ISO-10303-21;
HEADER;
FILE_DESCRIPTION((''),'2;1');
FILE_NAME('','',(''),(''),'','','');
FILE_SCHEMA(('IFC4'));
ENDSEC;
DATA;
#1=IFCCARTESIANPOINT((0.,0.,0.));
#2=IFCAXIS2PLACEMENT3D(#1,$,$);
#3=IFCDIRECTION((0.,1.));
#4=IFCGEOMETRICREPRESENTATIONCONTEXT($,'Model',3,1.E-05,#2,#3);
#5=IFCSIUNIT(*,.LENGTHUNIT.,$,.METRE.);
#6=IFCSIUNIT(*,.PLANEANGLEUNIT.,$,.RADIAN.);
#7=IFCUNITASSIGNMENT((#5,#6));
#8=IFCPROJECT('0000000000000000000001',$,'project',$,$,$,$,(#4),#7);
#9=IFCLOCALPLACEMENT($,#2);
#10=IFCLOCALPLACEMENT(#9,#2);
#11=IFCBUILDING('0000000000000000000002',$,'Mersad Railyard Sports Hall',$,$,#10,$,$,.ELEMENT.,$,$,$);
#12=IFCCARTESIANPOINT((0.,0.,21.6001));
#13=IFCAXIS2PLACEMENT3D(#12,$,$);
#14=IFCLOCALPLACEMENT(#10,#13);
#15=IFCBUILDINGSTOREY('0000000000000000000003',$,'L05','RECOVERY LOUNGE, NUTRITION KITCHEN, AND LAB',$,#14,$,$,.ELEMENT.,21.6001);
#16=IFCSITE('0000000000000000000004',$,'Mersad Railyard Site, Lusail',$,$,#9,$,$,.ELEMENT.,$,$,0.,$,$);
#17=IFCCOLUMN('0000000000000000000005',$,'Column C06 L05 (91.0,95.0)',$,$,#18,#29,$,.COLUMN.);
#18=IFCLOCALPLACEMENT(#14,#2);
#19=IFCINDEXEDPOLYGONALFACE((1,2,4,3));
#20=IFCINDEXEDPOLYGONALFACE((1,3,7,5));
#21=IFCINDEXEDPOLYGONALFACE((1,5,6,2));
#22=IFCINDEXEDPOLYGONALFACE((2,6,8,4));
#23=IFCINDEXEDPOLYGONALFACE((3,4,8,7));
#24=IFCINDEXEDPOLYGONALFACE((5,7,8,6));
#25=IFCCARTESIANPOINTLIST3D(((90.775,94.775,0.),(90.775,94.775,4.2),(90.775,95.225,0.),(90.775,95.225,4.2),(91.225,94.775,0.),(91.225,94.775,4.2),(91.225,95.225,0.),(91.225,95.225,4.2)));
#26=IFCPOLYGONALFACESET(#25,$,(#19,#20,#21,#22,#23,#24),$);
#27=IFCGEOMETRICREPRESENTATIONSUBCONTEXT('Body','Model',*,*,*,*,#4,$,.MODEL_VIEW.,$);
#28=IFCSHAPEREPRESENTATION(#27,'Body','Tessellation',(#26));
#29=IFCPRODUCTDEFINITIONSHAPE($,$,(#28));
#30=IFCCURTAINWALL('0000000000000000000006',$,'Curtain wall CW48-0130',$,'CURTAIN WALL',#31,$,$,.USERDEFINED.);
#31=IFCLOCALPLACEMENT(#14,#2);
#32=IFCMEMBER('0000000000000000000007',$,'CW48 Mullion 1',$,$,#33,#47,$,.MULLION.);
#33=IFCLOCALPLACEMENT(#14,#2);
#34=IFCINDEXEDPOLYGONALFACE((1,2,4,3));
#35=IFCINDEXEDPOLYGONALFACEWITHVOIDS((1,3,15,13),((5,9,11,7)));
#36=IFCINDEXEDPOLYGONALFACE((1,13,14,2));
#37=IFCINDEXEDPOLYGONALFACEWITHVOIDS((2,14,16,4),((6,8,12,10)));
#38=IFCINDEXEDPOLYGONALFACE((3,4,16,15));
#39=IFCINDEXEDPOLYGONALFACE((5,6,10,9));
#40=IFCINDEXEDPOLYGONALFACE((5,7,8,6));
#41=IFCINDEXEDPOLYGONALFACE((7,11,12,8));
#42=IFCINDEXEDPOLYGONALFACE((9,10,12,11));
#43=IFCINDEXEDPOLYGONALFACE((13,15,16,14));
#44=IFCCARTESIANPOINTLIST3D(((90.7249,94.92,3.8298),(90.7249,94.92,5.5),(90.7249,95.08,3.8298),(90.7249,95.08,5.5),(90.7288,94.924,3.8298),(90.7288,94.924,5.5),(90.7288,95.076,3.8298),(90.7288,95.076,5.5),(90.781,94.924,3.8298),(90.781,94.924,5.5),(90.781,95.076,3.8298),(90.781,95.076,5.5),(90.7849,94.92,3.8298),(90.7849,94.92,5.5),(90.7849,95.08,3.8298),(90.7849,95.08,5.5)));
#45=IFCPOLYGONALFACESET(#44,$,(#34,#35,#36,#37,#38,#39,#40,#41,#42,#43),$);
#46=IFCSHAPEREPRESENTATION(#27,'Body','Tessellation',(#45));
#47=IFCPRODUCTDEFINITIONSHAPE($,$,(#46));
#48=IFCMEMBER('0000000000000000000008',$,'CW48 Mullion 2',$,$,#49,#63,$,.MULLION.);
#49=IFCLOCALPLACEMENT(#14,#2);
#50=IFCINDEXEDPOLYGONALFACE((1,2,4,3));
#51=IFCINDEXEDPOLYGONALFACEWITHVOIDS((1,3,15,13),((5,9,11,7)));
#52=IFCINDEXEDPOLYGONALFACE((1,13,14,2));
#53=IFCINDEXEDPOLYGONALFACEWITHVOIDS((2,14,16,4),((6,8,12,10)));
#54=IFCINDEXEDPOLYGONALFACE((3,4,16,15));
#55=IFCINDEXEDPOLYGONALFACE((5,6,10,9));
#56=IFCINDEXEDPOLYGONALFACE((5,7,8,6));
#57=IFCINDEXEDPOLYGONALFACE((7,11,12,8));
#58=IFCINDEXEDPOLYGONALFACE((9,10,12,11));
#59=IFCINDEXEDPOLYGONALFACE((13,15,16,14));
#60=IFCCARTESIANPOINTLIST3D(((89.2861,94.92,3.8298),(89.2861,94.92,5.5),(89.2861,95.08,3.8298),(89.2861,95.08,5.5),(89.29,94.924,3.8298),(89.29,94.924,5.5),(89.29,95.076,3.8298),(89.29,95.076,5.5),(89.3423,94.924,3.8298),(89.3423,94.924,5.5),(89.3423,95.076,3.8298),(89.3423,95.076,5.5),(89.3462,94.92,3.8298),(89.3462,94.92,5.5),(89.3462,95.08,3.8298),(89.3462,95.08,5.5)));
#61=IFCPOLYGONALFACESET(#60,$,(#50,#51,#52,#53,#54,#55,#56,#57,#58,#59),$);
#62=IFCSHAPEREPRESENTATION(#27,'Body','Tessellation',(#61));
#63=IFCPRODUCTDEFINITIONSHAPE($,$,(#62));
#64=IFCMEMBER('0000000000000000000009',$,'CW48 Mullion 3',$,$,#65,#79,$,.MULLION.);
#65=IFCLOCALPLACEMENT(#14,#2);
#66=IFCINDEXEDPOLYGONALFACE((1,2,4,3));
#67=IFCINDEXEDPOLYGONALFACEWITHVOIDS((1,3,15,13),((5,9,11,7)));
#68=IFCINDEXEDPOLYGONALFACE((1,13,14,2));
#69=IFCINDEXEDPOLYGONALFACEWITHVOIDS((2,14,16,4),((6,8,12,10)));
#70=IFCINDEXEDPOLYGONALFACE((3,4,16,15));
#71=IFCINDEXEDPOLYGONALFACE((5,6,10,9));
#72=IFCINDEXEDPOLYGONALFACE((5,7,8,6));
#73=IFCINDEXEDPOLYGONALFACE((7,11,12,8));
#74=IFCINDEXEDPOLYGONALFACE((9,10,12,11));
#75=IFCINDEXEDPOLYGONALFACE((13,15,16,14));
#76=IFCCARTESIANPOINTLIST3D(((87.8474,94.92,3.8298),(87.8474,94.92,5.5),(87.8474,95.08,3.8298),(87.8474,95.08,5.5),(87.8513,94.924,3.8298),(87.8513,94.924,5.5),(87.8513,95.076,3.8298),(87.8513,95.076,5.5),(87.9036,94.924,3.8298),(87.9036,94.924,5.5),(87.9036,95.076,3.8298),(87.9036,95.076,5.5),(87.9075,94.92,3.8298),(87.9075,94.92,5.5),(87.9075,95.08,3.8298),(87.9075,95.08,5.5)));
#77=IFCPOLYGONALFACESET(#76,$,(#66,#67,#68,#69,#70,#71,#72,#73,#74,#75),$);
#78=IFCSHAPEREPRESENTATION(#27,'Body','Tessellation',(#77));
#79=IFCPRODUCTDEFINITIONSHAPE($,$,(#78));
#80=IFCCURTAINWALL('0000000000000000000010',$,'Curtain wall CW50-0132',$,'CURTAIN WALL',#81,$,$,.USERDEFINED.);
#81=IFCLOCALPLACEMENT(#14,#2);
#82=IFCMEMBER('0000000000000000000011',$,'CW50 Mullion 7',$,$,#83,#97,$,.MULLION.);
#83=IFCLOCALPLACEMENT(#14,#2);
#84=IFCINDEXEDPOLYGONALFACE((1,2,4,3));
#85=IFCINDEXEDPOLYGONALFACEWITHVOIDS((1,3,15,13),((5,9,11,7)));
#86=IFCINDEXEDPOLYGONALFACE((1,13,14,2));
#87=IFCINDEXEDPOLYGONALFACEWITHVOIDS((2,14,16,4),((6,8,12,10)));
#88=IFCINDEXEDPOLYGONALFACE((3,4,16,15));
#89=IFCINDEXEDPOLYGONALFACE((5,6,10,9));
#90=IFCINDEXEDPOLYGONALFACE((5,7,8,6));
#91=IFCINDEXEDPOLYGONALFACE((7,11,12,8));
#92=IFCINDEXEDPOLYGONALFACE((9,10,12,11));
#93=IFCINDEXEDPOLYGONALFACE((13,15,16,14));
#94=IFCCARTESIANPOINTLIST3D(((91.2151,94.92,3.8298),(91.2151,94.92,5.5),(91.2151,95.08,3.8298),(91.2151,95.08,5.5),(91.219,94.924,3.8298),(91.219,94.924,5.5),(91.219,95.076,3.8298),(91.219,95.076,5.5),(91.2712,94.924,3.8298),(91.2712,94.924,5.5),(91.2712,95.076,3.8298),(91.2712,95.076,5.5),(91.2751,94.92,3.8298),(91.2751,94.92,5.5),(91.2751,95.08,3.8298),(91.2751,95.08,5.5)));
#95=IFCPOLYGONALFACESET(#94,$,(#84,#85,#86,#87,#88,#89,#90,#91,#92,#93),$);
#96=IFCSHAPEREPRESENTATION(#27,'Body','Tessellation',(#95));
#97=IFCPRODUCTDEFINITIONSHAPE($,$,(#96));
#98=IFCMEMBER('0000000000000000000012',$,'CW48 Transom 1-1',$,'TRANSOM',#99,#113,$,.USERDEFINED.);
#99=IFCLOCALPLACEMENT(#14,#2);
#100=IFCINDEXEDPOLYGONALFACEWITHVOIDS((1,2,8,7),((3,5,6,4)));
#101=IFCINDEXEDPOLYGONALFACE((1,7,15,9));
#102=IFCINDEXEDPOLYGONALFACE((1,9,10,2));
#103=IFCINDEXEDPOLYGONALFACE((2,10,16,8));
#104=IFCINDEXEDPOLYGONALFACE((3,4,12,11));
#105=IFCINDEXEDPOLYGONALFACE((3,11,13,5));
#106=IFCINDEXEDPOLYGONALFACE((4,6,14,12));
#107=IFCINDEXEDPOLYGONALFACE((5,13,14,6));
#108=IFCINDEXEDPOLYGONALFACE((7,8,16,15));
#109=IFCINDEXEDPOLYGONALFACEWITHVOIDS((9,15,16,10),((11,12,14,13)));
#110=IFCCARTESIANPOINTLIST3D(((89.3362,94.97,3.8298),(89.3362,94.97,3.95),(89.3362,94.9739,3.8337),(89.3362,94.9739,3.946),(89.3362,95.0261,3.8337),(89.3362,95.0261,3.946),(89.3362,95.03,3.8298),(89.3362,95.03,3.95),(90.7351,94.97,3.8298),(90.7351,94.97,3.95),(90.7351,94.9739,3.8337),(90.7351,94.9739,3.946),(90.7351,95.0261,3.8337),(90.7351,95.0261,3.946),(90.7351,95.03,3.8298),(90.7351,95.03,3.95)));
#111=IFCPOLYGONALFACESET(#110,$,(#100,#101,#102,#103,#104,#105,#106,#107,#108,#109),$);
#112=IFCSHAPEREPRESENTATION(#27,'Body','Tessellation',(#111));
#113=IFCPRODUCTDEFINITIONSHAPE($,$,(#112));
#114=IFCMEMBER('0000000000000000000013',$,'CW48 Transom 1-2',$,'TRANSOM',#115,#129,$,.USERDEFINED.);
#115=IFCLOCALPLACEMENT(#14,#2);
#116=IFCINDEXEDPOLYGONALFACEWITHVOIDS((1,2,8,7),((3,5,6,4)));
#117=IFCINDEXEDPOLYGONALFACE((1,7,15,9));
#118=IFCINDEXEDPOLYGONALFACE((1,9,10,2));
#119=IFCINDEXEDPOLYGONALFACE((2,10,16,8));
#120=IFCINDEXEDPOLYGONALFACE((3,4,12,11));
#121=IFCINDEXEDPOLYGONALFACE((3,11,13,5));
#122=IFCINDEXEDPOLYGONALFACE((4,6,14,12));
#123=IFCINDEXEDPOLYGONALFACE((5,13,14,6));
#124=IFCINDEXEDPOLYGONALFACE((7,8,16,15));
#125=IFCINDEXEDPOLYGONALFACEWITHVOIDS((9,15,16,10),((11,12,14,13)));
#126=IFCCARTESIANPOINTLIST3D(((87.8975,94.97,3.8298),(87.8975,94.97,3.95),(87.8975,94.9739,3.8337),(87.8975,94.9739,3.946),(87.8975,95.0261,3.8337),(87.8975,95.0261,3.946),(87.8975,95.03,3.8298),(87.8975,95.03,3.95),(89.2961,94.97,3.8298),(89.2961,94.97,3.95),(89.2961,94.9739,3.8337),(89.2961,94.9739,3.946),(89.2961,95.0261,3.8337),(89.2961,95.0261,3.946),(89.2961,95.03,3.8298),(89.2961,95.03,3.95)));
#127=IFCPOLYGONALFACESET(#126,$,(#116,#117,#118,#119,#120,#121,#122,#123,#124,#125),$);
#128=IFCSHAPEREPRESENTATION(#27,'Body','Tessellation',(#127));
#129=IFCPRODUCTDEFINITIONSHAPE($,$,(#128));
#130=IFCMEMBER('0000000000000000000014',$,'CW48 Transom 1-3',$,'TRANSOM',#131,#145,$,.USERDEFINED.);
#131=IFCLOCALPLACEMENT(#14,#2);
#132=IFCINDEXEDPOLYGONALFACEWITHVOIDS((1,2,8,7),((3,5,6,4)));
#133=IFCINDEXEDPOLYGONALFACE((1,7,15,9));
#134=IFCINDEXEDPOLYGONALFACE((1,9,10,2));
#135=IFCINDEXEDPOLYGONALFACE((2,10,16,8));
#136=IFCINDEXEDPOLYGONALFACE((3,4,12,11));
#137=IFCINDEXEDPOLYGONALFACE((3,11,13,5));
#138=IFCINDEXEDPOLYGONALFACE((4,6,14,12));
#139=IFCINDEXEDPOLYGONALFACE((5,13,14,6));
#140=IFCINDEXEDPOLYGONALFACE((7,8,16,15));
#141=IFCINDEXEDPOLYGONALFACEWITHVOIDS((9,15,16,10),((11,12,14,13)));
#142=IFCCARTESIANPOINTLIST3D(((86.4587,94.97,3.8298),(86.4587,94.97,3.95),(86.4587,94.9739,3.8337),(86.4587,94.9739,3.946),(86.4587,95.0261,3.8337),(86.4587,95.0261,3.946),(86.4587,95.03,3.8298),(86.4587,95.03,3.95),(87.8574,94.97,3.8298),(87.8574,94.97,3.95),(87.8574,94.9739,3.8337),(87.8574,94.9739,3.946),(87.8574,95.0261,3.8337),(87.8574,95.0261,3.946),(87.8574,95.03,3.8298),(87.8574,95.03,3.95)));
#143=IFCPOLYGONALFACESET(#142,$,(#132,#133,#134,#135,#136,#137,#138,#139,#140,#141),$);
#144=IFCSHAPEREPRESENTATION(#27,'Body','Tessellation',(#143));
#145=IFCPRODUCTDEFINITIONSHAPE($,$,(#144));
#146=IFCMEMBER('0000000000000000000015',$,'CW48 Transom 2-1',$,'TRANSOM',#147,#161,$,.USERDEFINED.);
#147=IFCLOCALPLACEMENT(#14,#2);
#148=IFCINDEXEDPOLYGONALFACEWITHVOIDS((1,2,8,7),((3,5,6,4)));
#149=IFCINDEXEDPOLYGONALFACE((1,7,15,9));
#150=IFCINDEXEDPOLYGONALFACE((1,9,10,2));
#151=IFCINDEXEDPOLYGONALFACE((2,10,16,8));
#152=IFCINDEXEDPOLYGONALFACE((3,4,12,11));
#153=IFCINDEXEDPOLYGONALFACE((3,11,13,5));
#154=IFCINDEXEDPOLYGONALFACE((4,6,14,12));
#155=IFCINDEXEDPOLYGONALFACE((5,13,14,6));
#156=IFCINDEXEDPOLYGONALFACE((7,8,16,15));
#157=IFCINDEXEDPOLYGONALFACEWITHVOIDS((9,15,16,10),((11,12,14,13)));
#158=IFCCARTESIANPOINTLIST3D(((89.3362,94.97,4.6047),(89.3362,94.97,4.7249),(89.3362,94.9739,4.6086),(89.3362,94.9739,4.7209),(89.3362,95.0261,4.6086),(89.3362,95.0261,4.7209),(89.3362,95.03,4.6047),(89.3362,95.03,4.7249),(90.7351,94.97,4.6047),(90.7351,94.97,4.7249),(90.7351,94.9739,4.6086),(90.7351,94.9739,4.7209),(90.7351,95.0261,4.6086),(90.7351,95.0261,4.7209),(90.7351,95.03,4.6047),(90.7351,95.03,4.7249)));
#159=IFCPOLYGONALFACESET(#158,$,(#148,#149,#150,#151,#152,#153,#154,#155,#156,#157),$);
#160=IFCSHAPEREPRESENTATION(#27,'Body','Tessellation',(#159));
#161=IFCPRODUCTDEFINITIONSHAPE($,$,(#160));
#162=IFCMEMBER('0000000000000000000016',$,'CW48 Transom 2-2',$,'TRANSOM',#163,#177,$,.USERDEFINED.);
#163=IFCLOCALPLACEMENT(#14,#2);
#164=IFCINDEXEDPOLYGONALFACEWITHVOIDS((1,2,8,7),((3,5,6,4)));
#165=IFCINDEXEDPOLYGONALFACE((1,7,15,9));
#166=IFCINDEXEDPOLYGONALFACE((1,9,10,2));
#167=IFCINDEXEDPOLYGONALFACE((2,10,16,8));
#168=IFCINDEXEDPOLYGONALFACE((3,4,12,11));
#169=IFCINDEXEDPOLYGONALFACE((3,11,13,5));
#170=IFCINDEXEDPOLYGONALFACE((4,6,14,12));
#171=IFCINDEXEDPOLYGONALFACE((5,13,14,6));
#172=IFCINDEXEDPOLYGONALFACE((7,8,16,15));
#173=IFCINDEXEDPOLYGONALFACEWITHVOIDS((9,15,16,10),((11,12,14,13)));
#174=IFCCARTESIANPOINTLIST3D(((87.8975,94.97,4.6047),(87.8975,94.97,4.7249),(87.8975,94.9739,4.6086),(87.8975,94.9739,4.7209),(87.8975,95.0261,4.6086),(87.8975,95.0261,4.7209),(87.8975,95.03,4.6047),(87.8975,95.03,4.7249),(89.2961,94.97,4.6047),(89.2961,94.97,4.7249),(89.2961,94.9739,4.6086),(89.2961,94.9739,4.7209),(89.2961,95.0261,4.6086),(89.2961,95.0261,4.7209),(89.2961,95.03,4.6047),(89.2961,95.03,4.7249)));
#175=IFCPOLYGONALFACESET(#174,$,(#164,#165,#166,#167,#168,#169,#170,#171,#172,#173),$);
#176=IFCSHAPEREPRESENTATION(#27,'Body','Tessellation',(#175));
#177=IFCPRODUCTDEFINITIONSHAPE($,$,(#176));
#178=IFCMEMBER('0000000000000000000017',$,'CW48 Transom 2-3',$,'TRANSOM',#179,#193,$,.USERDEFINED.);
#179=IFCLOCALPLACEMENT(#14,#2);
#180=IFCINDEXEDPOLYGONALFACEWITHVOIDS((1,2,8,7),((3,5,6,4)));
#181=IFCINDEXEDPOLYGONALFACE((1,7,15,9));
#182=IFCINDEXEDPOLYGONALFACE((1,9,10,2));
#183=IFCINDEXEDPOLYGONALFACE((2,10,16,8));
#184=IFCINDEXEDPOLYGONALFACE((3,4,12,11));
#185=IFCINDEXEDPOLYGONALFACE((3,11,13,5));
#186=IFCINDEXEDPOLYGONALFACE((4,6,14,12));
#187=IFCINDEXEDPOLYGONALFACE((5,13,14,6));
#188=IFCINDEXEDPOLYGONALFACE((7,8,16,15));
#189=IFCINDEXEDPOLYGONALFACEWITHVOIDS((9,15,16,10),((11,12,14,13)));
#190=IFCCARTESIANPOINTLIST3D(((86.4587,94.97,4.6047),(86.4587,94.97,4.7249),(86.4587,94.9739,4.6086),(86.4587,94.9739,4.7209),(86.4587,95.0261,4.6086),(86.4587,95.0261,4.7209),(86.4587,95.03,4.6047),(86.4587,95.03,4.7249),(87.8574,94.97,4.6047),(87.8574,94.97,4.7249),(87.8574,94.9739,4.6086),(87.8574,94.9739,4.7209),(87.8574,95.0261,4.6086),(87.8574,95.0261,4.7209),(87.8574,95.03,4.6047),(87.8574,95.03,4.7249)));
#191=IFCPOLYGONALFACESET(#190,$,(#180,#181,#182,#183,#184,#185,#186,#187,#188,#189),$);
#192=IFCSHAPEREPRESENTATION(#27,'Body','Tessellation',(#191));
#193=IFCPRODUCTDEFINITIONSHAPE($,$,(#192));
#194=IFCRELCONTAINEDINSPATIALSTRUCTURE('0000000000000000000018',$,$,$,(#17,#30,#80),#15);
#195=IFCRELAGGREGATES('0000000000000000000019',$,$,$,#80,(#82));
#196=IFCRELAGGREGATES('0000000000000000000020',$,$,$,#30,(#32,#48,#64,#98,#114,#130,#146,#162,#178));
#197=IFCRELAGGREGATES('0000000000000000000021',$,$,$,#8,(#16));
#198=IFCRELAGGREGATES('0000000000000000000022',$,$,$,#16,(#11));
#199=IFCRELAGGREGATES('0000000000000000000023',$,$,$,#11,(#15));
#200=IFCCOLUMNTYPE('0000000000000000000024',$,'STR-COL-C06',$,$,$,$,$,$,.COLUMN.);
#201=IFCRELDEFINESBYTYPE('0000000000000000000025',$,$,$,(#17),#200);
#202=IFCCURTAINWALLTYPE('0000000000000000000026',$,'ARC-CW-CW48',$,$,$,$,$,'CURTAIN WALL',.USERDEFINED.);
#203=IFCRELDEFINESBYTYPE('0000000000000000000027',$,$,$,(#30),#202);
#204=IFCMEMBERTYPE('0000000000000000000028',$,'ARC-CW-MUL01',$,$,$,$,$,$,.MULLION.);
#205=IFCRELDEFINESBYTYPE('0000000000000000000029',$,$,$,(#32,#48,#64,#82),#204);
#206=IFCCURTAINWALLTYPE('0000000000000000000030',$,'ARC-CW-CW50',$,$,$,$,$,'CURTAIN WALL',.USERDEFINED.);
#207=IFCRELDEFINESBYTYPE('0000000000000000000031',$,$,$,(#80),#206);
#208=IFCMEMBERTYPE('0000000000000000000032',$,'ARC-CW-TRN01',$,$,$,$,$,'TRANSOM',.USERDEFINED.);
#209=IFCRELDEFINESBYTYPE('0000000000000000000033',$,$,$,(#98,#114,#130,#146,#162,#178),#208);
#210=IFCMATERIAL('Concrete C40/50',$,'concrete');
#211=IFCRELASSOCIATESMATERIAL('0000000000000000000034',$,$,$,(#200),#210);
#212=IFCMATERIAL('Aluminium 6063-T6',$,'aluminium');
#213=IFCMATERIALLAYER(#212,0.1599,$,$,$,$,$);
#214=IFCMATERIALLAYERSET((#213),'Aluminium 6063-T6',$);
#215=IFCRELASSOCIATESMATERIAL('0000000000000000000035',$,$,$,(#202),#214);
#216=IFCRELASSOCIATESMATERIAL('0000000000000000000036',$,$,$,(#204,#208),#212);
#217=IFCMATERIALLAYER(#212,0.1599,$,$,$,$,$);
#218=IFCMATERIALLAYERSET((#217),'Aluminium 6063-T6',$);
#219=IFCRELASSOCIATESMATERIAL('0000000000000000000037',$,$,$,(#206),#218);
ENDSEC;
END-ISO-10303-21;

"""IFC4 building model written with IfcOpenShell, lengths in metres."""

from ifc_helpers import new_model, si_unit, direction, frame, origin, origin_2d, place, context, subcontext, project, spatial, rectangle, hollow_rectangle, extrude, material, layer, layer_set, material_profile, profile_set, type_object, element, aggregate, save


model = new_model("IFC4")

# Units and contexts
model_context = context("Model", 3, precision=1e-05, world=origin(), true_north=direction((0.0, 1.0)))
body_context = subcontext(model_context, "Body", "Model", "MODEL_VIEW")
ifc_project = project(units=[si_unit("LENGTHUNIT", "METRE"), si_unit("PLANEANGLEUNIT", "RADIAN")], contexts=[model_context])

# Site, building, storey
site_placement = place(None, origin())
site = spatial("IfcSite", under=ifc_project, at=site_placement, Name="Mersad Railyard Site, Lusail", CompositionType="ELEMENT", RefElevation=0.0)
building_placement = place(site_placement, origin())
building = spatial("IfcBuilding", under=site, at=building_placement, Name="Mersad Railyard Sports Hall", CompositionType="ELEMENT")
storey_placement = place(building_placement, frame((0.0, 0.0, 21.6001)))
storey = spatial("IfcBuildingStorey", under=building, at=storey_placement, Name="L05", Description="RECOVERY LOUNGE, NUTRITION KITCHEN, AND LAB", CompositionType="ELEMENT", Elevation=21.6001)

# Column
ifc_material_1 = material(Name="Concrete C40/50", Category="concrete")
ifc_material_profile_1 = material_profile(ifc_material_1, rectangle(XDim=0.45, YDim=0.45, at=origin_2d()), Name="RC 450x450")
ifc_profile_set_1 = profile_set([ifc_material_profile_1], Name="Concrete C40/50")
column_type = type_object("IfcColumnType", Name="STR-COL-C06", PredefinedType="COLUMN", material=ifc_profile_set_1)
column_placement = place(storey_placement, frame((91.0, 95.0, 0.0), z_axis=(0.0, 0.0, 1.0), x_axis=(1.0, 0.0, 0.0)))
element("IfcColumn", 1, at=column_placement, inside=storey, type_object=column_type, Name="Column C06 L05 (91.0,95.0)", PredefinedType="COLUMN", context=body_context, shape_type="SweptSolid", body=[
    extrude(rectangle(XDim=0.45, YDim=0.45, at=origin_2d()), origin(), (0.0, 0.0, 1.0), 4.2),
])

# Curtain wall, members
ifc_material_2 = material(Name="Aluminium 6063-T6", Category="aluminium")
ifc_layer_1 = layer(ifc_material_2, 0.1599)
ifc_layer_set_1 = layer_set([ifc_layer_1], Name="Aluminium 6063-T6")
curtain_wall_type_1 = type_object("IfcCurtainWallType", Name="ARC-CW-CW48", ElementType="CURTAIN WALL", PredefinedType="USERDEFINED", material=ifc_layer_set_1)
curtain_wall_1_placement = place(storey_placement, origin())
curtain_wall_1 = element("IfcCurtainWall", 2, at=curtain_wall_1_placement, inside=storey, type_object=curtain_wall_type_1, Name="Curtain wall CW48-0130", ObjectType="CURTAIN WALL", PredefinedType="USERDEFINED")
ifc_material_profile_2 = material_profile(ifc_material_2, hollow_rectangle(XDim=0.0601, YDim=0.1599, WallThickness=0.0039, at=origin_2d()), Name="AL MULLION 60x160x4")
ifc_profile_set_2 = profile_set([ifc_material_profile_2], Name="Aluminium 6063-T6")
member_type_1 = type_object("IfcMemberType", Name="ARC-CW-MUL01", PredefinedType="MULLION", material=ifc_profile_set_2)
member_1_placement = place(storey_placement, frame((90.7549, 95.0, 3.8298), z_axis=(0.0, 0.0, 1.0), x_axis=(1.0, 0.0, 0.0)))
member_1 = element("IfcMember", 3, at=member_1_placement, type_object=member_type_1, Name="CW48 Mullion 1", PredefinedType="MULLION", context=body_context, shape_type="SweptSolid", body=[
    extrude(hollow_rectangle(XDim=0.0601, YDim=0.1599, WallThickness=0.0039, at=origin_2d()), origin(), (0.0, 0.0, 1.0), 1.6702),
])
member_2_placement = place(storey_placement, frame((89.3162, 95.0, 3.8298), z_axis=(0.0, 0.0, 1.0), x_axis=(1.0, 0.0, 0.0)))
member_2 = element("IfcMember", 4, at=member_2_placement, type_object=member_type_1, Name="CW48 Mullion 2", PredefinedType="MULLION", context=body_context, shape_type="SweptSolid", body=[
    extrude(hollow_rectangle(XDim=0.0601, YDim=0.1599, WallThickness=0.0039, at=origin_2d()), origin(), (0.0, 0.0, 1.0), 1.6702),
])
member_3_placement = place(storey_placement, frame((87.8774, 95.0, 3.8298), z_axis=(0.0, 0.0, 1.0), x_axis=(1.0, 0.0, 0.0)))
member_3 = element("IfcMember", 5, at=member_3_placement, type_object=member_type_1, Name="CW48 Mullion 3", PredefinedType="MULLION", context=body_context, shape_type="SweptSolid", body=[
    extrude(hollow_rectangle(XDim=0.0601, YDim=0.1599, WallThickness=0.0039, at=origin_2d()), origin(), (0.0, 0.0, 1.0), 1.6702),
])

# Curtain wall, member
ifc_layer_2 = layer(ifc_material_2, 0.1599)
ifc_layer_set_2 = layer_set([ifc_layer_2], Name="Aluminium 6063-T6")
curtain_wall_type_2 = type_object("IfcCurtainWallType", Name="ARC-CW-CW50", ElementType="CURTAIN WALL", PredefinedType="USERDEFINED", material=ifc_layer_set_2)
curtain_wall_2_placement = place(storey_placement, origin())
curtain_wall_2 = element("IfcCurtainWall", 6, at=curtain_wall_2_placement, inside=storey, type_object=curtain_wall_type_2, Name="Curtain wall CW50-0132", ObjectType="CURTAIN WALL", PredefinedType="USERDEFINED")
member_4_placement = place(storey_placement, frame((91.2451, 95.0, 3.8298), z_axis=(0.0, 0.0, 1.0), x_axis=(1.0, 0.0, 0.0)))
member_4 = element("IfcMember", 7, at=member_4_placement, type_object=member_type_1, Name="CW50 Mullion 7", PredefinedType="MULLION", context=body_context, shape_type="SweptSolid", body=[
    extrude(hollow_rectangle(XDim=0.0601, YDim=0.1599, WallThickness=0.0039, at=origin_2d()), origin(), (0.0, 0.0, 1.0), 1.6702),
])
aggregate(curtain_wall_2, [member_4])

# Members
ifc_material_profile_3 = material_profile(ifc_material_2, hollow_rectangle(XDim=0.0601, YDim=0.1201, WallThickness=0.0039, at=origin_2d()), Name="AL TRANSOM 60x120x4")
ifc_profile_set_3 = profile_set([ifc_material_profile_3], Name="Aluminium 6063-T6")
member_type_2 = type_object("IfcMemberType", Name="ARC-CW-TRN01", ElementType="TRANSOM", PredefinedType="USERDEFINED", material=ifc_profile_set_3)
member_5_placement = place(storey_placement, frame((90.7351, 95.0, 3.8899), z_axis=(-1.0, 0.0, 0.0), x_axis=(0.0, -1.0, 0.0)))
member_5 = element("IfcMember", 8, at=member_5_placement, type_object=member_type_2, Name="CW48 Transom 1-1", ObjectType="TRANSOM", PredefinedType="USERDEFINED", context=body_context, shape_type="SweptSolid", body=[
    extrude(hollow_rectangle(XDim=0.0601, YDim=0.1201, WallThickness=0.0039, at=origin_2d()), origin(), (0.0, 0.0, 1.0), 1.3989),
])
member_6_placement = place(storey_placement, frame((89.2961, 95.0, 3.8899), z_axis=(-1.0, 0.0, 0.0), x_axis=(0.0, -1.0, 0.0)))
member_6 = element("IfcMember", 9, at=member_6_placement, type_object=member_type_2, Name="CW48 Transom 1-2", ObjectType="TRANSOM", PredefinedType="USERDEFINED", context=body_context, shape_type="SweptSolid", body=[
    extrude(hollow_rectangle(XDim=0.0601, YDim=0.1201, WallThickness=0.0039, at=origin_2d()), origin(), (0.0, 0.0, 1.0), 1.3987),
])
member_7_placement = place(storey_placement, frame((87.8574, 95.0, 3.8899), z_axis=(-1.0, 0.0, 0.0), x_axis=(0.0, -1.0, 0.0)))
member_7 = element("IfcMember", 10, at=member_7_placement, type_object=member_type_2, Name="CW48 Transom 1-3", ObjectType="TRANSOM", PredefinedType="USERDEFINED", context=body_context, shape_type="SweptSolid", body=[
    extrude(hollow_rectangle(XDim=0.0601, YDim=0.1201, WallThickness=0.0039, at=origin_2d()), origin(), (0.0, 0.0, 1.0), 1.3987),
])
member_8_placement = place(storey_placement, frame((90.7351, 95.0, 4.6648), z_axis=(-1.0, 0.0, 0.0), x_axis=(0.0, -1.0, 0.0)))
member_8 = element("IfcMember", 11, at=member_8_placement, type_object=member_type_2, Name="CW48 Transom 2-1", ObjectType="TRANSOM", PredefinedType="USERDEFINED", context=body_context, shape_type="SweptSolid", body=[
    extrude(hollow_rectangle(XDim=0.0601, YDim=0.1201, WallThickness=0.0039, at=origin_2d()), origin(), (0.0, 0.0, 1.0), 1.3989),
])
member_9_placement = place(storey_placement, frame((89.2961, 95.0, 4.6648), z_axis=(-1.0, 0.0, 0.0), x_axis=(0.0, -1.0, 0.0)))
member_9 = element("IfcMember", 12, at=member_9_placement, type_object=member_type_2, Name="CW48 Transom 2-2", ObjectType="TRANSOM", PredefinedType="USERDEFINED", context=body_context, shape_type="SweptSolid", body=[
    extrude(hollow_rectangle(XDim=0.0601, YDim=0.1201, WallThickness=0.0039, at=origin_2d()), origin(), (0.0, 0.0, 1.0), 1.3987),
])
member_10_placement = place(storey_placement, frame((87.8574, 95.0, 4.6648), z_axis=(-1.0, 0.0, 0.0), x_axis=(0.0, -1.0, 0.0)))
member_10 = element("IfcMember", 13, at=member_10_placement, type_object=member_type_2, Name="CW48 Transom 2-3", ObjectType="TRANSOM", PredefinedType="USERDEFINED", context=body_context, shape_type="SweptSolid", body=[
    extrude(hollow_rectangle(XDim=0.0601, YDim=0.1201, WallThickness=0.0039, at=origin_2d()), origin(), (0.0, 0.0, 1.0), 1.3987),
])

aggregate(curtain_wall_1, [member_1, member_2, member_3, member_5, member_6, member_7, member_8, member_9, member_10])

save(model, "model.ifc")
